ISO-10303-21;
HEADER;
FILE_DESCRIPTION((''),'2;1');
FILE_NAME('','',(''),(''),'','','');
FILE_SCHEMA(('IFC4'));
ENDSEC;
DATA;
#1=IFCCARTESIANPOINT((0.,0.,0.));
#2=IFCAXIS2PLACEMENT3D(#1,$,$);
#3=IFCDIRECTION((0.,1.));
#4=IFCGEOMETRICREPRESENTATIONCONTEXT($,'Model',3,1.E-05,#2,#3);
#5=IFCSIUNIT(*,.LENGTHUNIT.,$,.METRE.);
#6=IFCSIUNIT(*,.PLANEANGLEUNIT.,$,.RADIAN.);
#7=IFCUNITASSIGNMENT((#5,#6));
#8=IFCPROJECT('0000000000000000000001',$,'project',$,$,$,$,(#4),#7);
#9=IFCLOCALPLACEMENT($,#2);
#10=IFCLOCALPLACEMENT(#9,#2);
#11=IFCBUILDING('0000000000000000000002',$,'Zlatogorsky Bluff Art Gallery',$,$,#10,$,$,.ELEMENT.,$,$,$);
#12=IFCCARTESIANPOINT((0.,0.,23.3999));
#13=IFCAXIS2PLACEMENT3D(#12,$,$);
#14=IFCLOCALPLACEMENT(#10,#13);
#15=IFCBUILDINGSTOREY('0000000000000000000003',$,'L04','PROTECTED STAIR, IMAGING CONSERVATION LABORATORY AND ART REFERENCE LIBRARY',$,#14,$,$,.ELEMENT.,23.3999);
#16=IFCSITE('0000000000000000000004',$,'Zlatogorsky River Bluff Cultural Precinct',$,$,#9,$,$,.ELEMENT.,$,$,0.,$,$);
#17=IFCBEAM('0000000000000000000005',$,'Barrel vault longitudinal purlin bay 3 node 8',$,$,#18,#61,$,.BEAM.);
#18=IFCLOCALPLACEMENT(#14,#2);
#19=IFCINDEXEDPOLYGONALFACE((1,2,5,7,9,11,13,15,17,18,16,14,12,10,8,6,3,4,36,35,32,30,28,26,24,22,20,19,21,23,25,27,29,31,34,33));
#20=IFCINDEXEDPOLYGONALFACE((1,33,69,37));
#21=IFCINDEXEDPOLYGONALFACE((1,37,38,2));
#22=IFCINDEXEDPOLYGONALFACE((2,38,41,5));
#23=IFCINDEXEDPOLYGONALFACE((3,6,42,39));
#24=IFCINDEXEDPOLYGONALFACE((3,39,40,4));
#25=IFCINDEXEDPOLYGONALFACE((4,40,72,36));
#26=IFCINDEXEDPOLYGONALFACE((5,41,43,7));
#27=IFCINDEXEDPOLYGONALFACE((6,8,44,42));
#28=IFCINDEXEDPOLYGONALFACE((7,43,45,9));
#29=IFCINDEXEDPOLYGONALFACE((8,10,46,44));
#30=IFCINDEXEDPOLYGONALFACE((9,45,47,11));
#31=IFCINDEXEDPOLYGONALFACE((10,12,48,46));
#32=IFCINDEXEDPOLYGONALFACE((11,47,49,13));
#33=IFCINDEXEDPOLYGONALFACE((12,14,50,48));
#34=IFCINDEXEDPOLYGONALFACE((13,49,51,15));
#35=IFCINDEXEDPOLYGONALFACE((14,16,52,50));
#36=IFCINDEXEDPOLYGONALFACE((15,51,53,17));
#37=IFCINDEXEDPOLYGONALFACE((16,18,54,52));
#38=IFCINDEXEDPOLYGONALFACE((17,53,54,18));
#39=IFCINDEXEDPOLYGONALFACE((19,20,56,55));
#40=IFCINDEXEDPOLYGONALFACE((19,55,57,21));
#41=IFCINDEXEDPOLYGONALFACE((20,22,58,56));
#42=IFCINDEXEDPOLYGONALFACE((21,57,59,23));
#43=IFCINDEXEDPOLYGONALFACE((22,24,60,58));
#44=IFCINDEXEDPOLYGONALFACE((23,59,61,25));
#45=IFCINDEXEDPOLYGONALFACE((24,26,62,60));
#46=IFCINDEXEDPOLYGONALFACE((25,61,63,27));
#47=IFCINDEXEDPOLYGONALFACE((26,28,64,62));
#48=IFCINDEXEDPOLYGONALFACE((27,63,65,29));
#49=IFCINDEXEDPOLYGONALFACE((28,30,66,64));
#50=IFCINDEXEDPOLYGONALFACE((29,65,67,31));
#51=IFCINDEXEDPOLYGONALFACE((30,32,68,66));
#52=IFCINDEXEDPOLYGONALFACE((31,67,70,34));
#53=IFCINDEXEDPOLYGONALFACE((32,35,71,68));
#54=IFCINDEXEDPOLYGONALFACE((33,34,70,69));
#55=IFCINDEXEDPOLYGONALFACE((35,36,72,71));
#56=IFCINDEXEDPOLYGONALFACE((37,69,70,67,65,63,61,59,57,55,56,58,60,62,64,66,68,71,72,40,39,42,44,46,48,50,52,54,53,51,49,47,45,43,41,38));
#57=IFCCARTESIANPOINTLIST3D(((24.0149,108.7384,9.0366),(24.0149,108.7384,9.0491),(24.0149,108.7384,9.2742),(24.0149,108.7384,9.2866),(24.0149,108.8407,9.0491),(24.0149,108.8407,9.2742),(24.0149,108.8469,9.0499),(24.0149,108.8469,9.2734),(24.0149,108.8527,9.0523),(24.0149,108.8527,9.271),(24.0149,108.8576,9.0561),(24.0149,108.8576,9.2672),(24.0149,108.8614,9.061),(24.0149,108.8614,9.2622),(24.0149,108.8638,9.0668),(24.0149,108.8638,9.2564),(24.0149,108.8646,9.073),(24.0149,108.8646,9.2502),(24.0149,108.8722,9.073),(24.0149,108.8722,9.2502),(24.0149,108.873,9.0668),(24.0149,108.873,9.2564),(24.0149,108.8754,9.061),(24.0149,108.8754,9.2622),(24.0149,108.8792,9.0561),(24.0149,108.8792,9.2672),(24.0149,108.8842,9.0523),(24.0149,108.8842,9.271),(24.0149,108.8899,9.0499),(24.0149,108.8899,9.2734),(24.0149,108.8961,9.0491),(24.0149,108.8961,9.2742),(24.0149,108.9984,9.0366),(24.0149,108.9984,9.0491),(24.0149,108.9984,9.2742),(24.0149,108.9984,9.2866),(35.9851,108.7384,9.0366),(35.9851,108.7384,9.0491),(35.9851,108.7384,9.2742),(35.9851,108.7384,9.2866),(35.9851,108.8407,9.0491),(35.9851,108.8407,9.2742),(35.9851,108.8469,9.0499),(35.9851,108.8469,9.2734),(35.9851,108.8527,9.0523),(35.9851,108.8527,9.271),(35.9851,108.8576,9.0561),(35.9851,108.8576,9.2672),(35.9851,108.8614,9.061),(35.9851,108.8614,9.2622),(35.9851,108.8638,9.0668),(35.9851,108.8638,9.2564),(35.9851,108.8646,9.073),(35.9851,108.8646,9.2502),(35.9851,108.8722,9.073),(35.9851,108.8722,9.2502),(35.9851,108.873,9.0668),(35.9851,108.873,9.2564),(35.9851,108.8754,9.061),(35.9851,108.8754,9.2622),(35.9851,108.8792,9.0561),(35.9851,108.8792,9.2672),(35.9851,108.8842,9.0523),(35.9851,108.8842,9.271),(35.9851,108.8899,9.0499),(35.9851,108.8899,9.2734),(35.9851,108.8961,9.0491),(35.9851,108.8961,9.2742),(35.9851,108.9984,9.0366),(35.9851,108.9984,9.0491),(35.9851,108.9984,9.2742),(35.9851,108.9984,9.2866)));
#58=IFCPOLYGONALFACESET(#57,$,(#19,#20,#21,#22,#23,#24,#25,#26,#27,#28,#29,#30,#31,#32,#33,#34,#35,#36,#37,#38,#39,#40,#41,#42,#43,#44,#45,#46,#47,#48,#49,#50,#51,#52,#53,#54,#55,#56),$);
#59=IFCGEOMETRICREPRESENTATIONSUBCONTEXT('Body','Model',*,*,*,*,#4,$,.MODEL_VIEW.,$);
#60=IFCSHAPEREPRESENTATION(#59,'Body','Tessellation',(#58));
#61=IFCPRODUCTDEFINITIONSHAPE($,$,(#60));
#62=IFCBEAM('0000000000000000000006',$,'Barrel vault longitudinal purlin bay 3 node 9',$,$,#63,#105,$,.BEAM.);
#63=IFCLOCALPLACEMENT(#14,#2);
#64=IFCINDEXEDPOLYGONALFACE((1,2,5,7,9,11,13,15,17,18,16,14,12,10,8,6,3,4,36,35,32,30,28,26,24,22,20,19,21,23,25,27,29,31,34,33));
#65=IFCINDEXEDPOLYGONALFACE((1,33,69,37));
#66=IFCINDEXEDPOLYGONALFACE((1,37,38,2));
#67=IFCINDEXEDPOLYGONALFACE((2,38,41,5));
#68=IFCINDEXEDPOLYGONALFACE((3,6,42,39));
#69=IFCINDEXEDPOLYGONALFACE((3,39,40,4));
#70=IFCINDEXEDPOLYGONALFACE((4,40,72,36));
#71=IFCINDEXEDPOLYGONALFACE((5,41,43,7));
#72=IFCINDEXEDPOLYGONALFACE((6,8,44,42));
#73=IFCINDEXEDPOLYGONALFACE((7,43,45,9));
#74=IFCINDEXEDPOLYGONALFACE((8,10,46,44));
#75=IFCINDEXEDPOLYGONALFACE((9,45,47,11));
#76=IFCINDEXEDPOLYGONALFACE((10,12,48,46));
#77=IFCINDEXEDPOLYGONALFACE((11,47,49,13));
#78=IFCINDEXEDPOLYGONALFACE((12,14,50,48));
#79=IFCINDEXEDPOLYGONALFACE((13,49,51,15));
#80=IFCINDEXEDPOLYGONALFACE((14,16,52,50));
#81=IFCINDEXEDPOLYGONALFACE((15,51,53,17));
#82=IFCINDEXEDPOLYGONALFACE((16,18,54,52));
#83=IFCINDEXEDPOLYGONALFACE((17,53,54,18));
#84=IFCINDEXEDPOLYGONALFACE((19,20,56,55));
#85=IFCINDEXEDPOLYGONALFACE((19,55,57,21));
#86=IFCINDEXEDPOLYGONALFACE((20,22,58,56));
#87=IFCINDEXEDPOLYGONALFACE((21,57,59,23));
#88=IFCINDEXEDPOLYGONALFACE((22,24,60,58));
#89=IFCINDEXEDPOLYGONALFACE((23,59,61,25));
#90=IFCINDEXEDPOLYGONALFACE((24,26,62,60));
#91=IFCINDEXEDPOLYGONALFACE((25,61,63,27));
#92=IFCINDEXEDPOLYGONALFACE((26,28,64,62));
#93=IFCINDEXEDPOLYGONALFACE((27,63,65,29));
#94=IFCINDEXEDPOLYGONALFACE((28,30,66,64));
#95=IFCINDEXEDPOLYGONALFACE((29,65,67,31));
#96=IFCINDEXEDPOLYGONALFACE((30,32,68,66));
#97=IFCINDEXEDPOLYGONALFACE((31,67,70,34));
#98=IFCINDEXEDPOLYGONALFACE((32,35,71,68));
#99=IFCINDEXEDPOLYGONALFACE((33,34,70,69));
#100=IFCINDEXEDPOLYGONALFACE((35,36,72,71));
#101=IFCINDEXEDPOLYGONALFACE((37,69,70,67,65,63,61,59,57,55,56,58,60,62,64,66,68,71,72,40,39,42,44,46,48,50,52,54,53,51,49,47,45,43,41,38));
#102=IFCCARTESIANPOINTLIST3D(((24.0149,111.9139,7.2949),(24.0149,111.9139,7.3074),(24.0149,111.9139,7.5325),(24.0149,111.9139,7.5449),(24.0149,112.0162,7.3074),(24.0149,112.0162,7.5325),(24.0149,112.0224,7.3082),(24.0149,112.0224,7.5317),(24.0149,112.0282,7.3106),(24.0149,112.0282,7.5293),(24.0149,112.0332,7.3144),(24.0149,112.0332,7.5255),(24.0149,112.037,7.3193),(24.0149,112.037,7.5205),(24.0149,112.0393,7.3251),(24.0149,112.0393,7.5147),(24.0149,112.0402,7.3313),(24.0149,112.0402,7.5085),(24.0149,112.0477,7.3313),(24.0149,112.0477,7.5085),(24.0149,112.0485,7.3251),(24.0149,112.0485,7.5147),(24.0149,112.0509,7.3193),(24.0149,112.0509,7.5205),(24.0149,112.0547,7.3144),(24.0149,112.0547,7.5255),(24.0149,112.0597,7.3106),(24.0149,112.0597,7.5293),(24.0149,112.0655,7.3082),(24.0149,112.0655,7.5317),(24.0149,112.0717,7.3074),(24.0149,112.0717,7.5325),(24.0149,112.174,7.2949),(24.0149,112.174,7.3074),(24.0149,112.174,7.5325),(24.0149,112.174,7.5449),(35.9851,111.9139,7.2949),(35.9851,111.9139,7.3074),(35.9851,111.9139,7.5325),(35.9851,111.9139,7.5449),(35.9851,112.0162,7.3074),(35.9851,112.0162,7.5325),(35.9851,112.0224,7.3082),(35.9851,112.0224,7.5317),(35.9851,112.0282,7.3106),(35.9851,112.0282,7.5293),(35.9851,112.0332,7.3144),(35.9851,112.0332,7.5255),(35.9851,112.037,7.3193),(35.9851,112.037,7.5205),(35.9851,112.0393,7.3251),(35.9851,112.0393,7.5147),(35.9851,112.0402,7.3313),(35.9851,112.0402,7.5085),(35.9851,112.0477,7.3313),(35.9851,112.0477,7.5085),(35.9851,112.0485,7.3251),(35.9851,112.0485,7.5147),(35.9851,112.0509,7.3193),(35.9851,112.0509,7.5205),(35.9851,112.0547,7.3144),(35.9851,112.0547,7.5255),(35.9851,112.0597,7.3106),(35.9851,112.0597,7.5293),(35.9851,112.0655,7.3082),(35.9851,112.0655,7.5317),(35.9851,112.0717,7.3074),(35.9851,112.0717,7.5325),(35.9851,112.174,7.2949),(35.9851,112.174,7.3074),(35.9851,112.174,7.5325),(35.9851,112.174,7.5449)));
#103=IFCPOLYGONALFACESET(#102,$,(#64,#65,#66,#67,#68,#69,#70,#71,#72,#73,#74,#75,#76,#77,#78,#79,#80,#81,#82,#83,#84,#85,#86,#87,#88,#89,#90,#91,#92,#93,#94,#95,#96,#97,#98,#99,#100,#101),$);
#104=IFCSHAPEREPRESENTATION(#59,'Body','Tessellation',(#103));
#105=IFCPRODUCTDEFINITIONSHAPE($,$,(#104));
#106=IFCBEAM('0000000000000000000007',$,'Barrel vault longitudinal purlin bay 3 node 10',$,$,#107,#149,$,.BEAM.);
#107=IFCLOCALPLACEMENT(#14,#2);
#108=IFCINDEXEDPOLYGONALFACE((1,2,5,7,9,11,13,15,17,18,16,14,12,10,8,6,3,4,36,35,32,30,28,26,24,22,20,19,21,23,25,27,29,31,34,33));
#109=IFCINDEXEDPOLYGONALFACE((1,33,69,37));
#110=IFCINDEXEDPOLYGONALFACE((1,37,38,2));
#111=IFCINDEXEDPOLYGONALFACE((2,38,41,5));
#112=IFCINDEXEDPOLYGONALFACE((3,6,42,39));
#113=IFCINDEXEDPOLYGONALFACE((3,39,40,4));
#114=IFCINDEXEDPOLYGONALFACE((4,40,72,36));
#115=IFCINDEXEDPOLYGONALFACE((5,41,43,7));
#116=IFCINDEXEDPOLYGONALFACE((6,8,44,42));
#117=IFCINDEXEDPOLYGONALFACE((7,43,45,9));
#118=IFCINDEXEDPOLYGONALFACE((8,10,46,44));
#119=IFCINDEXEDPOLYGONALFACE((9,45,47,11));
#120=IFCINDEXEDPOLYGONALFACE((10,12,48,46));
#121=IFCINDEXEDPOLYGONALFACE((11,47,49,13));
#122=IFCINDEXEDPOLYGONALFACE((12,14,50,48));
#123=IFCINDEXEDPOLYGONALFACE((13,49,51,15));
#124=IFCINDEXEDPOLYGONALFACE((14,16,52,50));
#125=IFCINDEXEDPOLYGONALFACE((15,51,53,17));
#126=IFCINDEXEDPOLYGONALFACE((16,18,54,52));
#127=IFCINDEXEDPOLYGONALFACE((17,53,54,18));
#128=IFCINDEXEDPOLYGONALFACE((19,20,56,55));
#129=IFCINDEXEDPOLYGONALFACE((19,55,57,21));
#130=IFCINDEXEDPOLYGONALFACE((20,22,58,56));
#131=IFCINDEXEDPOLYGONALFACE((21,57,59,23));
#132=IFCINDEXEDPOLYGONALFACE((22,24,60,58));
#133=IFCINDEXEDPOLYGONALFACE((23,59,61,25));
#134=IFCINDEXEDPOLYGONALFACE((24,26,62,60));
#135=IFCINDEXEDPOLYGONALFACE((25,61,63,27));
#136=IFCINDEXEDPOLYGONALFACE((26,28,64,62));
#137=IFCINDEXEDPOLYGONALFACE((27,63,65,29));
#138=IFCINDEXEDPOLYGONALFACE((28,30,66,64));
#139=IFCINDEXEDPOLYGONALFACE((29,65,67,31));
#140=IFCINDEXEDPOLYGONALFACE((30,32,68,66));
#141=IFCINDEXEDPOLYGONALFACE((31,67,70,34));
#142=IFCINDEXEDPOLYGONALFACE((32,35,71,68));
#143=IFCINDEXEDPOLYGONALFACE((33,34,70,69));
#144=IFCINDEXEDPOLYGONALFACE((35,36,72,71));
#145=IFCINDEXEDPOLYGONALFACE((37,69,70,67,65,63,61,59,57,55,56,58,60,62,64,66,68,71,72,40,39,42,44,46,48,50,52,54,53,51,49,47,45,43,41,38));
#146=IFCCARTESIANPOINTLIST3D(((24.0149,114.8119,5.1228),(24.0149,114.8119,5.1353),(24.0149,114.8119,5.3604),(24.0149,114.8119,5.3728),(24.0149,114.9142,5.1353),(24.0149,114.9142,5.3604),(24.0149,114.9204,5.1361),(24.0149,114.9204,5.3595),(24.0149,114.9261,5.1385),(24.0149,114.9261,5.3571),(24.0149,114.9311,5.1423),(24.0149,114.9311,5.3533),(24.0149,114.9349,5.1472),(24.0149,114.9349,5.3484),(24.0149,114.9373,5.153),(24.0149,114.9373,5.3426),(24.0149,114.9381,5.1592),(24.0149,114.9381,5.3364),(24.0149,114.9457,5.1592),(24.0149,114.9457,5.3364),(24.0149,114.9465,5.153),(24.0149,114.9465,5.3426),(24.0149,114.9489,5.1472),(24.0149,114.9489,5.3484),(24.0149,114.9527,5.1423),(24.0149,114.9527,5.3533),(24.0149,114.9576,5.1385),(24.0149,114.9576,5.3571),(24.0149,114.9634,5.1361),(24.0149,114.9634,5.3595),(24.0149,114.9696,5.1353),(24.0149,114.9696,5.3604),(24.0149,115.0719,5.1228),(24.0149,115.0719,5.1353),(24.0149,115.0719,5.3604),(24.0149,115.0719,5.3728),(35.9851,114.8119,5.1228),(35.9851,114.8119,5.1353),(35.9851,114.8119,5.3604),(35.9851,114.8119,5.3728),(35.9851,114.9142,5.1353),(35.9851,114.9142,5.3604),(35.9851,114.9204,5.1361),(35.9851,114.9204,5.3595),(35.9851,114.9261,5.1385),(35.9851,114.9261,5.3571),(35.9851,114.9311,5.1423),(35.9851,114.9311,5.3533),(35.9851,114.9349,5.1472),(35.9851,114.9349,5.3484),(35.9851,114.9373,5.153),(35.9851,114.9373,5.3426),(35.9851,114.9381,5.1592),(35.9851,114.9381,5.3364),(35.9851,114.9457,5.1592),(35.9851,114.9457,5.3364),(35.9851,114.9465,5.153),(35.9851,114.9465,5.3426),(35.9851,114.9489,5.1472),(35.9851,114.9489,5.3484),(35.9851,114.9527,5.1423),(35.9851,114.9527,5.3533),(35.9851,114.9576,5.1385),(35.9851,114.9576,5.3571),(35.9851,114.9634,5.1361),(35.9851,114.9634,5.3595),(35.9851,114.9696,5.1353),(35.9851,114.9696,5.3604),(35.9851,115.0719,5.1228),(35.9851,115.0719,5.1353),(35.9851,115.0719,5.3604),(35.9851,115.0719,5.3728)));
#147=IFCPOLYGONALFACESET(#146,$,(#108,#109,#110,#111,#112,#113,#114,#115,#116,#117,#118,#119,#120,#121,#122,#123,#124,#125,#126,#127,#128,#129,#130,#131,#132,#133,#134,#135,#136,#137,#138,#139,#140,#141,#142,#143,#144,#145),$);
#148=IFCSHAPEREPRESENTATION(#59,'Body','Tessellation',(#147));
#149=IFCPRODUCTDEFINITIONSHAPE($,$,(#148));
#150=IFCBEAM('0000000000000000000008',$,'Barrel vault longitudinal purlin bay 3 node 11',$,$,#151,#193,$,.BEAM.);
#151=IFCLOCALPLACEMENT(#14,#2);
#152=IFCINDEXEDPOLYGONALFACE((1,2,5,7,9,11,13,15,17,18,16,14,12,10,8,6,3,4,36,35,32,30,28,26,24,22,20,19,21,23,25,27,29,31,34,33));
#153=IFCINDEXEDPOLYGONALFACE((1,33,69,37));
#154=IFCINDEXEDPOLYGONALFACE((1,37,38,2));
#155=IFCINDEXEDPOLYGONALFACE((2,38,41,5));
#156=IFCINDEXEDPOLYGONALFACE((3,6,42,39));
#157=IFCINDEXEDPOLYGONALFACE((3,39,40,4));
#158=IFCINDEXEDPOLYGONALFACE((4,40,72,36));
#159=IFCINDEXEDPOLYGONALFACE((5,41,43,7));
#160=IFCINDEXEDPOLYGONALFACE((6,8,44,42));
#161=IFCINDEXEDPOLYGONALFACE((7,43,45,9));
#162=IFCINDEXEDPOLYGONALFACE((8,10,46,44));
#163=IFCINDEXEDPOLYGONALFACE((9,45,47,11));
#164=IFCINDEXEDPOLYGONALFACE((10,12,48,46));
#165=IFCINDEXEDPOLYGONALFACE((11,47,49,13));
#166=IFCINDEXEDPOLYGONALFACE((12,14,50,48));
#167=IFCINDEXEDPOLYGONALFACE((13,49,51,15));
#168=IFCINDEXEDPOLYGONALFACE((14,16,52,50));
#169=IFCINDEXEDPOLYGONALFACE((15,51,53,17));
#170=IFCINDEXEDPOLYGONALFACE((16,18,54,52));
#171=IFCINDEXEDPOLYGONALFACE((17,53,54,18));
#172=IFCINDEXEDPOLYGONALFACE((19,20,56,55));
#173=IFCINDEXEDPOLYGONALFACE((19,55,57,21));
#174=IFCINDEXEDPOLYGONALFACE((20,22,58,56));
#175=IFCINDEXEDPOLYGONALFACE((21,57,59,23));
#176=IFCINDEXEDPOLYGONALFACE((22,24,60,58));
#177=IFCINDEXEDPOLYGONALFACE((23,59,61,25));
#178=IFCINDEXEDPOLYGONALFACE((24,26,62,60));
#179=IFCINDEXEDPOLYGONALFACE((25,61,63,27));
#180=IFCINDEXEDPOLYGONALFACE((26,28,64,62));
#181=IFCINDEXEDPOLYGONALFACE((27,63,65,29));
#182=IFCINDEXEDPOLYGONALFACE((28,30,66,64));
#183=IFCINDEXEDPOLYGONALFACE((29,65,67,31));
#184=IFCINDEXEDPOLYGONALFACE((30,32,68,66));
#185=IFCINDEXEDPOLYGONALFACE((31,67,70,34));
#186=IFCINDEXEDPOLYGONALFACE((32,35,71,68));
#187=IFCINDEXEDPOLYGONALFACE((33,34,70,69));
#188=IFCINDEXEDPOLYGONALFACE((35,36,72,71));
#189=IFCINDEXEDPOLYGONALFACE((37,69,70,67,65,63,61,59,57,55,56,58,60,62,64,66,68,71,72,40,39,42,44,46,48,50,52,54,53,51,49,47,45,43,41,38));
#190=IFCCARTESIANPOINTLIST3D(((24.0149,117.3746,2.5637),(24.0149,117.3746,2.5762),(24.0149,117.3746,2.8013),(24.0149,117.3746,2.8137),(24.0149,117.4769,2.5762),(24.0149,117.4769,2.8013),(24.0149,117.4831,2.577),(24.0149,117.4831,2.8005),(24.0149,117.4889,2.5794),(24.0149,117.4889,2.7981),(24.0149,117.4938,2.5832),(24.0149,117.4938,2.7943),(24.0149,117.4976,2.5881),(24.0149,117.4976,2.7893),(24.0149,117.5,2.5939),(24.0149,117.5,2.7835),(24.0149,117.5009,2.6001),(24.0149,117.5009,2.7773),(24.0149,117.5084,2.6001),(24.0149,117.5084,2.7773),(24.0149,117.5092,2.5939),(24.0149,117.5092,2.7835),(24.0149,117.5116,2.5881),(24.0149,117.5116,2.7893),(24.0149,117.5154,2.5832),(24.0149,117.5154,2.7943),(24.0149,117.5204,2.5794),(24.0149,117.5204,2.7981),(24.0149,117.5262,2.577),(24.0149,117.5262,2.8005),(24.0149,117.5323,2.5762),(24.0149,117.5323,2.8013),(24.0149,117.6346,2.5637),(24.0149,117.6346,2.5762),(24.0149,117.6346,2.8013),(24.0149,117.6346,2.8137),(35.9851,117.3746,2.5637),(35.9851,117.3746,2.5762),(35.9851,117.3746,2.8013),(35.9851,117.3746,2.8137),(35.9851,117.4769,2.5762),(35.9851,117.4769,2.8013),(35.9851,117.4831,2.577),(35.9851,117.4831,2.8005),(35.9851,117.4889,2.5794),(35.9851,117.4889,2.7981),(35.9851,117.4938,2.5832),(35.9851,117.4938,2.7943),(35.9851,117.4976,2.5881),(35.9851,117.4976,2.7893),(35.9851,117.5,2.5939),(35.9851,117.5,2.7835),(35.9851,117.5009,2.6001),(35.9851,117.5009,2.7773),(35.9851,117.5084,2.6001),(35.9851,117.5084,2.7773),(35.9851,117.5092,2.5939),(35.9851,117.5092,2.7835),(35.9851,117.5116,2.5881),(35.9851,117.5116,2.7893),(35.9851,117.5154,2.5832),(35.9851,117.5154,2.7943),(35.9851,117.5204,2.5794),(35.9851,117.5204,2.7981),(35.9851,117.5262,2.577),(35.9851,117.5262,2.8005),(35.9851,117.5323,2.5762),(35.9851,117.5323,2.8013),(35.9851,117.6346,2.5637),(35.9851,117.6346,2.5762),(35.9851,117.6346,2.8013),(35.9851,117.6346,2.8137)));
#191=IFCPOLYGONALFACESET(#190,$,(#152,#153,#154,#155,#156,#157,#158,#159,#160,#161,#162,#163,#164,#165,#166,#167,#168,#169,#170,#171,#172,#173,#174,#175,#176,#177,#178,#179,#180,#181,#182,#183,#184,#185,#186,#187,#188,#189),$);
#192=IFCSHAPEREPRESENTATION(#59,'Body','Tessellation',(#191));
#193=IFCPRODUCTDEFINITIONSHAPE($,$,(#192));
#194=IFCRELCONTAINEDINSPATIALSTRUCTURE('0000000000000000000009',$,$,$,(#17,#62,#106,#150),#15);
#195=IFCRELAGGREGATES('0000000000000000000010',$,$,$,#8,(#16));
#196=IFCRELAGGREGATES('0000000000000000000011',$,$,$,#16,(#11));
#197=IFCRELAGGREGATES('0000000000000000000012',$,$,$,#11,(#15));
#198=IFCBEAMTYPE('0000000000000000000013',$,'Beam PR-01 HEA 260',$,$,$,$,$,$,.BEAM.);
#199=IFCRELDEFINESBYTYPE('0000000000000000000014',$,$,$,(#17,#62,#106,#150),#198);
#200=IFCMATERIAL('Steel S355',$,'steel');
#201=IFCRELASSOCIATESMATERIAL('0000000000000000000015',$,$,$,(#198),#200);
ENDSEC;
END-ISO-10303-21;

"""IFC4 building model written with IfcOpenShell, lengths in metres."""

from ifc_helpers import new_model, si_unit, direction, frame, origin, origin_2d, place, context, subcontext, project, spatial, i_section, extrude, material, material_profile, profile_set, type_object, element, save


model = new_model("IFC4")

# Units and contexts
model_context = context("Model", 3, precision=1e-05, world=origin(), true_north=direction((0.0, 1.0)))
body_context = subcontext(model_context, "Body", "Model", "MODEL_VIEW")
ifc_project = project(units=[si_unit("LENGTHUNIT", "METRE"), si_unit("PLANEANGLEUNIT", "RADIAN")], contexts=[model_context])

# Site, building, storey
site_placement = place(None, origin())
site = spatial("IfcSite", under=ifc_project, at=site_placement, Name="Zlatogorsky River Bluff Cultural Precinct", CompositionType="ELEMENT", RefElevation=0.0)
building_placement = place(site_placement, origin())
building = spatial("IfcBuilding", under=site, at=building_placement, Name="Zlatogorsky Bluff Art Gallery", CompositionType="ELEMENT")
storey_placement = place(building_placement, frame((0.0, 0.0, 23.3999)))
storey = spatial("IfcBuildingStorey", under=building, at=storey_placement, Name="L04", Description="PROTECTED STAIR, IMAGING CONSERVATION LABORATORY AND ART REFERENCE LIBRARY", CompositionType="ELEMENT", Elevation=23.3999)

# Beams
ifc_material_1 = material(Name="Steel S355", Category="steel")
ifc_material_profile_1 = material_profile(ifc_material_1, i_section(OverallWidth=0.26, OverallDepth=0.25, WebThickness=0.0076, FlangeThickness=0.0125, FilletRadius=0.0239, at=origin_2d()), Name="HEA 260")
ifc_profile_set_1 = profile_set([ifc_material_profile_1], Name="Steel S355")
beam_type_1 = type_object("IfcBeamType", Name="Beam PR-01 HEA 260", PredefinedType="BEAM", material=ifc_profile_set_1)
for number, where, z_axis, x_axis, name in (
    (1, (24.0149, 108.8684, 9.1616), (1.0, 0.0, 0.0), (0.0, 1.0, 0.0), "Barrel vault longitudinal purlin bay 3 node 8"),
    (2, (24.0149, 112.0439, 7.4199), (1.0, 0.0, 0.0), (0.0, 1.0, 0.0), "Barrel vault longitudinal purlin bay 3 node 9"),
    (3, (24.0149, 114.9419, 5.2478), (1.0, 0.0, 0.0), (0.0, 1.0, 0.0), "Barrel vault longitudinal purlin bay 3 node 10"),
    (4, (24.0149, 117.5046, 2.6887), (1.0, 0.0, 0.0), (0.0, 1.0, 0.0), "Barrel vault longitudinal purlin bay 3 node 11"),
):
    element("IfcBeam", number, at=place(storey_placement, frame(where, z_axis=z_axis, x_axis=x_axis)), inside=storey, type_object=beam_type_1, Name=name, PredefinedType="BEAM", context=body_context, shape_type="SweptSolid", body=[
        extrude(i_section(OverallWidth=0.26, OverallDepth=0.25, WebThickness=0.0076, FlangeThickness=0.0125, FilletRadius=0.0239, at=origin_2d()), origin(), (0.0, 0.0, 1.0), 11.9702),
    ])

save(model, "model.ifc")
